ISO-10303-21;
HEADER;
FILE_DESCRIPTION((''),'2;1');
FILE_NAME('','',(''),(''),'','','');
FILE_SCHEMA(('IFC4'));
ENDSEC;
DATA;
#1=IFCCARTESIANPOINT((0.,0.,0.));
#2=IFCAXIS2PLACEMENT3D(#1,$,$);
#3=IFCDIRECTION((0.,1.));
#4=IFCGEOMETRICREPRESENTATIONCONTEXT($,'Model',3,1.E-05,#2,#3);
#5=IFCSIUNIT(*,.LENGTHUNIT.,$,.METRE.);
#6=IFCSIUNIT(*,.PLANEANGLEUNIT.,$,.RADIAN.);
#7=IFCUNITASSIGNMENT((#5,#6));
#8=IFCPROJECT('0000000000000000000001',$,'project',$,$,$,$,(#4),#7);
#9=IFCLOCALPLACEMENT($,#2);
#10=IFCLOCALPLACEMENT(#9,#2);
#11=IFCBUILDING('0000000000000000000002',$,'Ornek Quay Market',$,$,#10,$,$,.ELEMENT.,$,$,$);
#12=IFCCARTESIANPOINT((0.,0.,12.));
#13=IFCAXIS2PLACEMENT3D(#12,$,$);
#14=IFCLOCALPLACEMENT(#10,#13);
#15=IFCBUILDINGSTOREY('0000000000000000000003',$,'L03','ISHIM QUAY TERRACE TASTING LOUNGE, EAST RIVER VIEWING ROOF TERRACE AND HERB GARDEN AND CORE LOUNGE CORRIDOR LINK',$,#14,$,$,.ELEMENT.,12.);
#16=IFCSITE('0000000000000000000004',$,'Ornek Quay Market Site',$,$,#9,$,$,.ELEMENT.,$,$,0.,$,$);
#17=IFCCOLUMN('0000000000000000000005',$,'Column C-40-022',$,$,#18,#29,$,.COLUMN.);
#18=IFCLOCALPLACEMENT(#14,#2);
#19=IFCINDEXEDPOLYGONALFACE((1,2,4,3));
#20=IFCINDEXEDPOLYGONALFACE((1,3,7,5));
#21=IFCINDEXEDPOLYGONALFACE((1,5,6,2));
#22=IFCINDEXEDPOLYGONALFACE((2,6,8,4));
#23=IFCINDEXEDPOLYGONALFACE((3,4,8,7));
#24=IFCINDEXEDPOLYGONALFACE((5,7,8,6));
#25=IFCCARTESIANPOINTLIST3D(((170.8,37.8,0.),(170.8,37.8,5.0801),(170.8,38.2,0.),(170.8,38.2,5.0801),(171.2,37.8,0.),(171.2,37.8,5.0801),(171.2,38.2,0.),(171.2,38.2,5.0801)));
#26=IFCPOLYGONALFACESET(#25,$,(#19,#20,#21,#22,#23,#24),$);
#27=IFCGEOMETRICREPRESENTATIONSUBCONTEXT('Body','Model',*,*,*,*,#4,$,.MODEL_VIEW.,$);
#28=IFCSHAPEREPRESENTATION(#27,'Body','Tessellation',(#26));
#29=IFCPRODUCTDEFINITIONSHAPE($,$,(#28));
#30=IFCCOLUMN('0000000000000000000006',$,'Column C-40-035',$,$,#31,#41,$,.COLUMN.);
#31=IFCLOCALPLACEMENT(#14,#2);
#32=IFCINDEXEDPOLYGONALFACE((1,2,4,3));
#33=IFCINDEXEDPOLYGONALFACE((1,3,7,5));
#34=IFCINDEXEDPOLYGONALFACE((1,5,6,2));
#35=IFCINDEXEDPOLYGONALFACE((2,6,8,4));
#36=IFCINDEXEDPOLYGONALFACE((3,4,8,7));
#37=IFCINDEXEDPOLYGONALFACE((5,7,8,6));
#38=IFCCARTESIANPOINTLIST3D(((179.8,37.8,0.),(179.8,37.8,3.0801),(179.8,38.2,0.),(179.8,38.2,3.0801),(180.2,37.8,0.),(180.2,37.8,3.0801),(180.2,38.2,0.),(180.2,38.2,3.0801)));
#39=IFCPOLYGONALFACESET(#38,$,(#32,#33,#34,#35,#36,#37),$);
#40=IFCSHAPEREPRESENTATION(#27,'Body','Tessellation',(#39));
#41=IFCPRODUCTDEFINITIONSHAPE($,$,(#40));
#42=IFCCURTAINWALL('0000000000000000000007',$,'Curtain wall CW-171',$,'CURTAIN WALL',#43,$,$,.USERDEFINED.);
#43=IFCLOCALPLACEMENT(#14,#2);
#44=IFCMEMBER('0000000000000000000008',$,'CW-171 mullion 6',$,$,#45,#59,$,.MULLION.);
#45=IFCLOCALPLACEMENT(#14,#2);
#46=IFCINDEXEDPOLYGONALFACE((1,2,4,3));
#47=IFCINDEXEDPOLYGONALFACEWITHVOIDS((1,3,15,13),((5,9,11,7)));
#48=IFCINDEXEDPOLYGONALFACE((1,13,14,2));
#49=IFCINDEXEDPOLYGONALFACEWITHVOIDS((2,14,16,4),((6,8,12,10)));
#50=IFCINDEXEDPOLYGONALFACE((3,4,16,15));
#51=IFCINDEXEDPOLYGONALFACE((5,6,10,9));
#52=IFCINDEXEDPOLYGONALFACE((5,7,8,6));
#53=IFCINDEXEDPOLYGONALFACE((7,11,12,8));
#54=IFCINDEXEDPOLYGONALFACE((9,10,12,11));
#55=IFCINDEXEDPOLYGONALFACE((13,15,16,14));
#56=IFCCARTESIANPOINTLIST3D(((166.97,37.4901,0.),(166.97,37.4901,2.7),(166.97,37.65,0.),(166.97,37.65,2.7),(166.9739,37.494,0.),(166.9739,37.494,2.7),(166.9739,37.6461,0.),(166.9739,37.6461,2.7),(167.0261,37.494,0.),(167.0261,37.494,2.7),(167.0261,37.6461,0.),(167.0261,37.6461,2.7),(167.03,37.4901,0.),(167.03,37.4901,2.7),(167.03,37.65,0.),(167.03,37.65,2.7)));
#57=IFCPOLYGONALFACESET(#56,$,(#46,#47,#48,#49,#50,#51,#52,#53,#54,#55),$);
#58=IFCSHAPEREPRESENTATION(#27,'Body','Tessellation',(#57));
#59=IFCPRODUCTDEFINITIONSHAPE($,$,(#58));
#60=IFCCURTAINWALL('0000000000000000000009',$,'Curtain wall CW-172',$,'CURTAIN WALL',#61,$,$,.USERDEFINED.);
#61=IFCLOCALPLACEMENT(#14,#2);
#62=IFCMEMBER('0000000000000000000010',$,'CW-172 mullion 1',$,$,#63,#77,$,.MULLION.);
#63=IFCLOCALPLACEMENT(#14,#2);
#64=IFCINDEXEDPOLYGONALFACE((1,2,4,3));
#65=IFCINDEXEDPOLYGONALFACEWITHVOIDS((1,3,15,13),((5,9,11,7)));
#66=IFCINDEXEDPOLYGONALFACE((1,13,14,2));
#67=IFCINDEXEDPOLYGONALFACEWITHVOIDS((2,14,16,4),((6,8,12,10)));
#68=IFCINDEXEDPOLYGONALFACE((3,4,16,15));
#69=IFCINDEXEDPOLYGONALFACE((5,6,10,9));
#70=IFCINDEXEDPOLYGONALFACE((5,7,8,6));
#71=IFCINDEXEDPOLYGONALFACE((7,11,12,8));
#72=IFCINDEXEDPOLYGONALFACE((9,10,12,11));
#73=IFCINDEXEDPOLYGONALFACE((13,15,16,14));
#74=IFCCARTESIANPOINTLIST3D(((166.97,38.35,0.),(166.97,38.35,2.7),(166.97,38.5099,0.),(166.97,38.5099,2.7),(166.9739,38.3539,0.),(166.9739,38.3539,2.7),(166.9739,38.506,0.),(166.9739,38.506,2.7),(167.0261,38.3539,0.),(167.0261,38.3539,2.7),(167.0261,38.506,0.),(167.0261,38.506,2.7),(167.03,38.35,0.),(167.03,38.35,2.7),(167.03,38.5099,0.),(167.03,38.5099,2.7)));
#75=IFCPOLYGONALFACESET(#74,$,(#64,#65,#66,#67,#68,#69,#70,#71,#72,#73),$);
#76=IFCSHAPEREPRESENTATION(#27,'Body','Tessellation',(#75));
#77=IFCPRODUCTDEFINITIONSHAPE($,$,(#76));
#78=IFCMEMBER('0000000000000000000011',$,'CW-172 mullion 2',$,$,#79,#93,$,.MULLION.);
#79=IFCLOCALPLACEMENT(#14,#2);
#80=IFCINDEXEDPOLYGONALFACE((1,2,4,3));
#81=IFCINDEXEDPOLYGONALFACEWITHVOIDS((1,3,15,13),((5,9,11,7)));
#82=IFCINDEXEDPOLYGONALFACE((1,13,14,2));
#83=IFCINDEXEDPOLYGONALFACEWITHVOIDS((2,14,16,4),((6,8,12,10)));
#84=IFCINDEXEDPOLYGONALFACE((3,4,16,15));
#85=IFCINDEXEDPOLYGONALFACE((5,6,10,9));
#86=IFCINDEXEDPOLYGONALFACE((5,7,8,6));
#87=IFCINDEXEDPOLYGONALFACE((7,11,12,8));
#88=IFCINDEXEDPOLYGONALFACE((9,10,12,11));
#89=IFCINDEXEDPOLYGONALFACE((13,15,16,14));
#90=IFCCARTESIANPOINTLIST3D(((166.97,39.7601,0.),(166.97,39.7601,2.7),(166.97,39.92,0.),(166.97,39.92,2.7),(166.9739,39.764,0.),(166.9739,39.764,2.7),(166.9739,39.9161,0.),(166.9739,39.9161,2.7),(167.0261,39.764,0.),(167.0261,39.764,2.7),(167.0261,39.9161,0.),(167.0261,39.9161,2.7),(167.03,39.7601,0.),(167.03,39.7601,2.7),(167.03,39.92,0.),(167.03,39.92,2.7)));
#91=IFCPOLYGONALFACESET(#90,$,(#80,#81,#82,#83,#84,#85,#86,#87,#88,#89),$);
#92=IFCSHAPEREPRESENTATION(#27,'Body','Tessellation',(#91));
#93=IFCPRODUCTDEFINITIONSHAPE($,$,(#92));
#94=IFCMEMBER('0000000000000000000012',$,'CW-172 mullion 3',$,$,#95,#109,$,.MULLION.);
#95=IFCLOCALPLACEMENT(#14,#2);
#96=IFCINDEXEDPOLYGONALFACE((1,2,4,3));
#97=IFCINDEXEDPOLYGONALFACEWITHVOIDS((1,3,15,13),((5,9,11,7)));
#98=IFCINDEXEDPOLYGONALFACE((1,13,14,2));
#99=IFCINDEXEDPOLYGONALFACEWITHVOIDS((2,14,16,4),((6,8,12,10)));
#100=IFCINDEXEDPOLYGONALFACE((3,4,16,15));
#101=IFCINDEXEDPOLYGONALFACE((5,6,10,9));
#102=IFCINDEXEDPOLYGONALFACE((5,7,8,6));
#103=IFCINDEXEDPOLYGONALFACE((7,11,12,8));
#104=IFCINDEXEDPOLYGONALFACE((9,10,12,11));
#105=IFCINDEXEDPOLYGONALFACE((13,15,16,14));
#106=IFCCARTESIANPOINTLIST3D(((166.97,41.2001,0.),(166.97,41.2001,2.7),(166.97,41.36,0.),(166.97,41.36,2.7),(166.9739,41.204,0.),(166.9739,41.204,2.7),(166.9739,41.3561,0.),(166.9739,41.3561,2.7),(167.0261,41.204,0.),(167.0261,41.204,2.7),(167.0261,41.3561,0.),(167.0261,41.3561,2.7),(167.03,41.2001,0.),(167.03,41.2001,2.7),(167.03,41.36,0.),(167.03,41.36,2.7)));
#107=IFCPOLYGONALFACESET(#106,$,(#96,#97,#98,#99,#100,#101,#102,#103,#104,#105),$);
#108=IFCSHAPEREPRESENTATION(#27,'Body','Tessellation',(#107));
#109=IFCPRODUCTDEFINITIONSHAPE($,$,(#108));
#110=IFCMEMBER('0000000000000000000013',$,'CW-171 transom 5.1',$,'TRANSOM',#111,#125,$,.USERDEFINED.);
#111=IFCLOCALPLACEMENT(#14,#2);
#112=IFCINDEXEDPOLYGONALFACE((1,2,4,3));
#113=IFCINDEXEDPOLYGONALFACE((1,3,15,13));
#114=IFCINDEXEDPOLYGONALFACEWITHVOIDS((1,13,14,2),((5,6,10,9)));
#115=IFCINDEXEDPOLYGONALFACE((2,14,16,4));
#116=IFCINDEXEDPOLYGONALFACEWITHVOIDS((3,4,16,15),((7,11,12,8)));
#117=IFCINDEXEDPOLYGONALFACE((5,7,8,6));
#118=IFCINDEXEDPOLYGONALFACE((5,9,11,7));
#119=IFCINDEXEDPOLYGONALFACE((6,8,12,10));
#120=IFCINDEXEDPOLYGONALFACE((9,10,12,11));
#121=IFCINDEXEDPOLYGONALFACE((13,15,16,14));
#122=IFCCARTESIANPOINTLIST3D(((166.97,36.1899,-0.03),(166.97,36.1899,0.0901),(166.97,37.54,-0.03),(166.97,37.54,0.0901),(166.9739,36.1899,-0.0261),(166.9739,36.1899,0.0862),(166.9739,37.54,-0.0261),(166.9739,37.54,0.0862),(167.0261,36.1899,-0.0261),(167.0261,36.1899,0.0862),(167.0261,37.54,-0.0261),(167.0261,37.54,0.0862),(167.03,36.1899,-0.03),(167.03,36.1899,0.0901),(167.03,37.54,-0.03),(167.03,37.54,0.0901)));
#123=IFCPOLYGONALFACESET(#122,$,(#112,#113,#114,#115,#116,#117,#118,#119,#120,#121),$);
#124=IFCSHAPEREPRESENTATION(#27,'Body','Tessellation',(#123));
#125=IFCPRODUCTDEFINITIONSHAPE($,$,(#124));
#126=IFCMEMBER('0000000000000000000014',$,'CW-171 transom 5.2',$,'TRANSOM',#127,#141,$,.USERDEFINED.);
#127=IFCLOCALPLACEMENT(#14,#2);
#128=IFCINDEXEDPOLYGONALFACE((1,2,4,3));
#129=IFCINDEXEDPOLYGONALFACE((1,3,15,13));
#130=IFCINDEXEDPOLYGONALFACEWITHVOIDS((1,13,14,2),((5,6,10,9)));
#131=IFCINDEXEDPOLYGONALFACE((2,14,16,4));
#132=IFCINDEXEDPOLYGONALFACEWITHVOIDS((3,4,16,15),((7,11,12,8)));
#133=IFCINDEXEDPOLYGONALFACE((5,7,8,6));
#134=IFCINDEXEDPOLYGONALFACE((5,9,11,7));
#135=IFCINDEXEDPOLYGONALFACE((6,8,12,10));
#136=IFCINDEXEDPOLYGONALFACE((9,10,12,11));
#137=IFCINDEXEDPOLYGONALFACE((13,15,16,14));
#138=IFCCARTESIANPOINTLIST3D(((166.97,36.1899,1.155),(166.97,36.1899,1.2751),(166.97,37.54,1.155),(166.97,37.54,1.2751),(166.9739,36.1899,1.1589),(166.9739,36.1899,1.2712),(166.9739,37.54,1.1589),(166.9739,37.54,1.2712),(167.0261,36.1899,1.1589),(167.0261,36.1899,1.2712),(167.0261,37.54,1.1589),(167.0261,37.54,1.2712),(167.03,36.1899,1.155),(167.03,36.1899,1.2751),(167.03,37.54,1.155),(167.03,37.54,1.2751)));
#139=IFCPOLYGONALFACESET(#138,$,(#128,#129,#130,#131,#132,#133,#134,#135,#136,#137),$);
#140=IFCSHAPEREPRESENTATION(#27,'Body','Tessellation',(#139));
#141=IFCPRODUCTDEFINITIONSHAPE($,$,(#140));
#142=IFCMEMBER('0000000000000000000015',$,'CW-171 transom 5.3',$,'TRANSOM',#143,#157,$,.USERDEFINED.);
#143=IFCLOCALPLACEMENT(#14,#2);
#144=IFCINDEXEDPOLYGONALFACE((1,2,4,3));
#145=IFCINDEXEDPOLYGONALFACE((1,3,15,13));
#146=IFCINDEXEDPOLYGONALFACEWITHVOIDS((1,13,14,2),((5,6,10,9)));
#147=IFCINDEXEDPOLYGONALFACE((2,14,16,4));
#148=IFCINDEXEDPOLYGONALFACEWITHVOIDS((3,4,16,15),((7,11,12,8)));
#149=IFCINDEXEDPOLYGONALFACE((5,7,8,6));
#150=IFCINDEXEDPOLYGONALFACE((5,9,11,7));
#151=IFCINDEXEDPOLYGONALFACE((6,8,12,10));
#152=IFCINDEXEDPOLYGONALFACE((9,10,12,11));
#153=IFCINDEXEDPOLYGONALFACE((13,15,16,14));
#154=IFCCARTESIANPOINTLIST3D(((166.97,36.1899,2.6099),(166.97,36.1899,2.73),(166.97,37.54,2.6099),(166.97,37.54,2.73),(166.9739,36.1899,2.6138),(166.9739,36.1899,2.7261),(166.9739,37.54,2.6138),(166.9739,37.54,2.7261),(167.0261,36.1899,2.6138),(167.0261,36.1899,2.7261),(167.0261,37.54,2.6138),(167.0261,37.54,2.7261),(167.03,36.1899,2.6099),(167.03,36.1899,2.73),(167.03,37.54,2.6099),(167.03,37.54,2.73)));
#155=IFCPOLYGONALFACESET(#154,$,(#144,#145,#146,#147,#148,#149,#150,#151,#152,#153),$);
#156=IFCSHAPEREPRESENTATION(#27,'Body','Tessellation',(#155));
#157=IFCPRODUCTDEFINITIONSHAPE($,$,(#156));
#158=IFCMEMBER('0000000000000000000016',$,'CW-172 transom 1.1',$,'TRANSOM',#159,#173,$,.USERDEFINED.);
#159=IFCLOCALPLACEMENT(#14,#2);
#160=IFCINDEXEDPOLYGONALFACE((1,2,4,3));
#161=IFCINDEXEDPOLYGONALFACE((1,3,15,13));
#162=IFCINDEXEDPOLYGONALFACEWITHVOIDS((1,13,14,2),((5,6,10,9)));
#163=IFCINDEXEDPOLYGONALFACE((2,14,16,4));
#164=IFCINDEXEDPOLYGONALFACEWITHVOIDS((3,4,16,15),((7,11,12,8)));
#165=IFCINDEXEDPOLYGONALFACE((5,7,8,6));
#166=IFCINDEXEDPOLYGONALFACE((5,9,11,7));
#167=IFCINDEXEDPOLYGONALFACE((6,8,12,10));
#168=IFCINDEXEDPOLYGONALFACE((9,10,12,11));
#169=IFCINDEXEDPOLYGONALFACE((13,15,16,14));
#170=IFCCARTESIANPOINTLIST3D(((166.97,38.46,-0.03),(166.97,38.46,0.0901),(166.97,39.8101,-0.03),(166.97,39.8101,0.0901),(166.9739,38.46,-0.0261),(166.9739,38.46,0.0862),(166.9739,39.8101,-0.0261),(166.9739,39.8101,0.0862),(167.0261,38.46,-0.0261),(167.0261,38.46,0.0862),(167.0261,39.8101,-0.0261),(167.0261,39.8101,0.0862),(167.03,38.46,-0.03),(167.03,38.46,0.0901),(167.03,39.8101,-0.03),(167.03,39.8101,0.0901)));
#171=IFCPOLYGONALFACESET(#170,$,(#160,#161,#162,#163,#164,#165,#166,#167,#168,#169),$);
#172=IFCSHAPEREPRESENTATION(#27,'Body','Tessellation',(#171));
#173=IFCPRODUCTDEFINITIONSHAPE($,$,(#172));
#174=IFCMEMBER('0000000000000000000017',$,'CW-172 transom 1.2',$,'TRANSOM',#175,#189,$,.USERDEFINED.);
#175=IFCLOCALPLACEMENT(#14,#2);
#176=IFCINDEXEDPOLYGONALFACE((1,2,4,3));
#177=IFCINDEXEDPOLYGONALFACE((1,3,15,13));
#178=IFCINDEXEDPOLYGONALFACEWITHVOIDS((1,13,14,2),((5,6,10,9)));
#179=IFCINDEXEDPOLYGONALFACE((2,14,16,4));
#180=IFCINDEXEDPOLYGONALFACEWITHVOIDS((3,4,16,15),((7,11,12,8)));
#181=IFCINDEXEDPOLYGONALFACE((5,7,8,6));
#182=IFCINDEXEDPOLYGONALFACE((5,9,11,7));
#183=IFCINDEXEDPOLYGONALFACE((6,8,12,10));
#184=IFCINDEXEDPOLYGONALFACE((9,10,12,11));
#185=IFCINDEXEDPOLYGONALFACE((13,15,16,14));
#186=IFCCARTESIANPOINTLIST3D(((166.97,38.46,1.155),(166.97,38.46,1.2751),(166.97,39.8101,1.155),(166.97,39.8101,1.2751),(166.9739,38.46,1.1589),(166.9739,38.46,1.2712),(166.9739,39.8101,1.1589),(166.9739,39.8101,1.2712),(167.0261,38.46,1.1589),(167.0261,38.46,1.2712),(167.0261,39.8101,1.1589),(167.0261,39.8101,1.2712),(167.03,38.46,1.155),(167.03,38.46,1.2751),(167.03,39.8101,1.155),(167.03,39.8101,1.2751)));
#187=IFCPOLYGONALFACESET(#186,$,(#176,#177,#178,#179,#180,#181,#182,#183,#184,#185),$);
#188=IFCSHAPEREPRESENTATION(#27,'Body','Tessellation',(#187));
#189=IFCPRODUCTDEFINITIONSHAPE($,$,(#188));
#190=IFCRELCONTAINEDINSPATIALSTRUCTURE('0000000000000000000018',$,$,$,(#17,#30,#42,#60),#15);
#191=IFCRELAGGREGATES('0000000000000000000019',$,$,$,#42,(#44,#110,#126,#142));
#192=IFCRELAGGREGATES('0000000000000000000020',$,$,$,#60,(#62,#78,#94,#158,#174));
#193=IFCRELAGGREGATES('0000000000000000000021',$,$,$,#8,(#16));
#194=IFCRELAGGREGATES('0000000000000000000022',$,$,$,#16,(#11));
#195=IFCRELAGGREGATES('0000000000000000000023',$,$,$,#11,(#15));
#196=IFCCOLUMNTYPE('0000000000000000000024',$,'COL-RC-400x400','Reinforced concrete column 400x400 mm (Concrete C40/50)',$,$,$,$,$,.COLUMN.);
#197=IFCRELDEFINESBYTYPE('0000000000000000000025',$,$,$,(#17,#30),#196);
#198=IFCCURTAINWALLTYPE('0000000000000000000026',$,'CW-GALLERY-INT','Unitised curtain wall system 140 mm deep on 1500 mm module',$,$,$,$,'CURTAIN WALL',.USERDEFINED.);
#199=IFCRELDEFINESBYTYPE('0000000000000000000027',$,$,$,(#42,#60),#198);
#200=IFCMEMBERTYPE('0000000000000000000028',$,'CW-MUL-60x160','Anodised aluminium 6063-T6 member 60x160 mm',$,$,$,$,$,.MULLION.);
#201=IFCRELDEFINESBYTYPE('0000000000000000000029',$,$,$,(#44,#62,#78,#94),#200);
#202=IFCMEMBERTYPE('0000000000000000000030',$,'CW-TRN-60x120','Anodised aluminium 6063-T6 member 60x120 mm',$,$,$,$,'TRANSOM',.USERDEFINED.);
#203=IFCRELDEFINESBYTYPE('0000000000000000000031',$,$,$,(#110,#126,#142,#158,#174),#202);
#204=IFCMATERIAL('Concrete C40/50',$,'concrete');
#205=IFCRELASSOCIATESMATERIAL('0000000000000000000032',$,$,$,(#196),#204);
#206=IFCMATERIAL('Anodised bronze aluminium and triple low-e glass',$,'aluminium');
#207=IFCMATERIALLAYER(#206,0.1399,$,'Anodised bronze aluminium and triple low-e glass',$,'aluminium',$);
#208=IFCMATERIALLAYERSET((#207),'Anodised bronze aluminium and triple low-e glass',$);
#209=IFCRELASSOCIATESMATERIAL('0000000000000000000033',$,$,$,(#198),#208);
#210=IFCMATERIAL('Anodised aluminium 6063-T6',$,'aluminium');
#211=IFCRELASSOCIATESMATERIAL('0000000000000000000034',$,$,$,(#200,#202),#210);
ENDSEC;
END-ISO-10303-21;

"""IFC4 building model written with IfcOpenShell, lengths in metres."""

from ifc_helpers import new_model, si_unit, direction, frame, origin, origin_2d, place, context, subcontext, project, spatial, rectangle, hollow_rectangle, extrude, material, layer, layer_set, material_profile, profile_set, type_object, element, aggregate, save


model = new_model("IFC4")

# Units and contexts
model_context = context("Model", 3, precision=1e-05, world=origin(), true_north=direction((0.0, 1.0)))
body_context = subcontext(model_context, "Body", "Model", "MODEL_VIEW")
ifc_project = project(units=[si_unit("LENGTHUNIT", "METRE"), si_unit("PLANEANGLEUNIT", "RADIAN")], contexts=[model_context])

# Site, building, storey
site_placement = place(None, origin())
site = spatial("IfcSite", under=ifc_project, at=site_placement, Name="Ornek Quay Market Site", CompositionType="ELEMENT", RefElevation=0.0)
building_placement = place(site_placement, origin())
building = spatial("IfcBuilding", under=site, at=building_placement, Name="Ornek Quay Market", CompositionType="ELEMENT")
storey_placement = place(building_placement, frame((0.0, 0.0, 12.0)))
storey = spatial("IfcBuildingStorey", under=building, at=storey_placement, Name="L03", Description="ISHIM QUAY TERRACE TASTING LOUNGE, EAST RIVER VIEWING ROOF TERRACE AND HERB GARDEN AND CORE LOUNGE CORRIDOR LINK", CompositionType="ELEMENT", Elevation=12.0)

# Columns
ifc_material_1 = material(Name="Concrete C40/50", Category="concrete")
ifc_material_profile_1 = material_profile(ifc_material_1, rectangle(XDim=0.3999, YDim=0.3999, at=origin_2d()), Name="RC 400x400", Category="concrete")
ifc_profile_set_1 = profile_set([ifc_material_profile_1], Name="Concrete C40/50")
column_type = type_object("IfcColumnType", Name="COL-RC-400x400", Description="Reinforced concrete column 400x400 mm (Concrete C40/50)", PredefinedType="COLUMN", material=ifc_profile_set_1)
column_1_placement = place(storey_placement, frame((171.0, 38.0, 0.0), z_axis=(0.0, 0.0, 1.0), x_axis=(1.0, 0.0, 0.0)))
element("IfcColumn", 1, at=column_1_placement, inside=storey, type_object=column_type, Name="Column C-40-022", PredefinedType="COLUMN", context=body_context, shape_type="SweptSolid", body=[
    extrude(rectangle(XDim=0.3999, YDim=0.3999, at=origin_2d()), origin(), (0.0, 0.0, 1.0), 5.0801),
])
column_2_placement = place(storey_placement, frame((180.0, 38.0, 0.0), z_axis=(0.0, 0.0, 1.0), x_axis=(1.0, 0.0, 0.0)))
element("IfcColumn", 2, at=column_2_placement, inside=storey, type_object=column_type, Name="Column C-40-035", PredefinedType="COLUMN", context=body_context, shape_type="SweptSolid", body=[
    extrude(rectangle(XDim=0.3999, YDim=0.3999, at=origin_2d()), origin(), (0.0, 0.0, 1.0), 3.0801),
])

# Curtain wall, member
ifc_material_2 = material(Name="Anodised bronze aluminium and triple low-e glass", Category="aluminium")
ifc_layer_1 = layer(ifc_material_2, 0.1399, Name="Anodised bronze aluminium and triple low-e glass", Category="aluminium")
ifc_layer_set_1 = layer_set([ifc_layer_1], Name="Anodised bronze aluminium and triple low-e glass")
curtain_wall_type = type_object("IfcCurtainWallType", Name="CW-GALLERY-INT", Description="Unitised curtain wall system 140 mm deep on 1500 mm module", ElementType="CURTAIN WALL", PredefinedType="USERDEFINED", material=ifc_layer_set_1)
curtain_wall_1_placement = place(storey_placement, origin())
curtain_wall_1 = element("IfcCurtainWall", 3, at=curtain_wall_1_placement, inside=storey, type_object=curtain_wall_type, Name="Curtain wall CW-171", ObjectType="CURTAIN WALL", PredefinedType="USERDEFINED")
ifc_material_3 = material(Name="Anodised aluminium 6063-T6", Category="aluminium")
ifc_material_profile_2 = material_profile(ifc_material_3, hollow_rectangle(XDim=0.0601, YDim=0.1599, WallThickness=0.0039, at=origin_2d()), Name="CW-MUL-60x160", Category="aluminium")
ifc_profile_set_2 = profile_set([ifc_material_profile_2], Name="Anodised aluminium 6063-T6")
member_type_1 = type_object("IfcMemberType", Name="CW-MUL-60x160", Description="Anodised aluminium 6063-T6 member 60x160 mm", PredefinedType="MULLION", material=ifc_profile_set_2)
member_1_placement = place(storey_placement, frame((167.0, 37.5701, 0.0), z_axis=(0.0, 0.0, 1.0), x_axis=(-1.0, 0.0, 0.0)))
member_1 = element("IfcMember", 4, at=member_1_placement, type_object=member_type_1, Name="CW-171 mullion 6", PredefinedType="MULLION", context=body_context, shape_type="SweptSolid", body=[
    extrude(hollow_rectangle(XDim=0.0601, YDim=0.1599, WallThickness=0.0039, at=origin_2d()), origin(), (0.0, 0.0, 1.0), 2.7),
])

# Curtain wall, members
curtain_wall_2_placement = place(storey_placement, origin())
curtain_wall_2 = element("IfcCurtainWall", 5, at=curtain_wall_2_placement, inside=storey, type_object=curtain_wall_type, Name="Curtain wall CW-172", ObjectType="CURTAIN WALL", PredefinedType="USERDEFINED")
member_2_placement = place(storey_placement, frame((167.0, 38.4299, 0.0), z_axis=(0.0, 0.0, 1.0), x_axis=(-1.0, 0.0, 0.0)))
member_2 = element("IfcMember", 6, at=member_2_placement, type_object=member_type_1, Name="CW-172 mullion 1", PredefinedType="MULLION", context=body_context, shape_type="SweptSolid", body=[
    extrude(hollow_rectangle(XDim=0.0601, YDim=0.1599, WallThickness=0.0039, at=origin_2d()), origin(), (0.0, 0.0, 1.0), 2.7),
])
member_3_placement = place(storey_placement, frame((167.0, 39.8401, 0.0), z_axis=(0.0, 0.0, 1.0), x_axis=(-1.0, 0.0, 0.0)))
member_3 = element("IfcMember", 7, at=member_3_placement, type_object=member_type_1, Name="CW-172 mullion 2", PredefinedType="MULLION", context=body_context, shape_type="SweptSolid", body=[
    extrude(hollow_rectangle(XDim=0.0601, YDim=0.1599, WallThickness=0.0039, at=origin_2d()), origin(), (0.0, 0.0, 1.0), 2.7),
])
member_4_placement = place(storey_placement, frame((167.0, 41.28, 0.0), z_axis=(0.0, 0.0, 1.0), x_axis=(-1.0, 0.0, 0.0)))
member_4 = element("IfcMember", 8, at=member_4_placement, type_object=member_type_1, Name="CW-172 mullion 3", PredefinedType="MULLION", context=body_context, shape_type="SweptSolid", body=[
    extrude(hollow_rectangle(XDim=0.0601, YDim=0.1599, WallThickness=0.0039, at=origin_2d()), origin(), (0.0, 0.0, 1.0), 2.7),
])

# Members
ifc_material_profile_3 = material_profile(ifc_material_3, hollow_rectangle(XDim=0.0601, YDim=0.1201, WallThickness=0.0039, at=origin_2d()), Name="CW-TRN-60x120", Category="aluminium")
ifc_profile_set_3 = profile_set([ifc_material_profile_3], Name="Anodised aluminium 6063-T6")
member_type_2 = type_object("IfcMemberType", Name="CW-TRN-60x120", Description="Anodised aluminium 6063-T6 member 60x120 mm", ElementType="TRANSOM", PredefinedType="USERDEFINED", material=ifc_profile_set_3)
member_5_placement = place(storey_placement, frame((167.0, 36.1899, 0.03), z_axis=(0.0, 1.0, 0.0), x_axis=(-1.0, 0.0, 0.0)))
member_5 = element("IfcMember", 9, at=member_5_placement, type_object=member_type_2, Name="CW-171 transom 5.1", ObjectType="TRANSOM", PredefinedType="USERDEFINED", context=body_context, shape_type="SweptSolid", body=[
    extrude(hollow_rectangle(XDim=0.0601, YDim=0.1201, WallThickness=0.0039, at=origin_2d()), origin(), (0.0, 0.0, 1.0), 1.3501),
])
member_6_placement = place(storey_placement, frame((167.0, 36.1899, 1.2151), z_axis=(0.0, 1.0, 0.0), x_axis=(-1.0, 0.0, 0.0)))
member_6 = element("IfcMember", 10, at=member_6_placement, type_object=member_type_2, Name="CW-171 transom 5.2", ObjectType="TRANSOM", PredefinedType="USERDEFINED", context=body_context, shape_type="SweptSolid", body=[
    extrude(hollow_rectangle(XDim=0.0601, YDim=0.1201, WallThickness=0.0039, at=origin_2d()), origin(), (0.0, 0.0, 1.0), 1.3501),
])
member_7_placement = place(storey_placement, frame((167.0, 36.1899, 2.6699), z_axis=(0.0, 1.0, 0.0), x_axis=(-1.0, 0.0, 0.0)))
member_7 = element("IfcMember", 11, at=member_7_placement, type_object=member_type_2, Name="CW-171 transom 5.3", ObjectType="TRANSOM", PredefinedType="USERDEFINED", context=body_context, shape_type="SweptSolid", body=[
    extrude(hollow_rectangle(XDim=0.0601, YDim=0.1201, WallThickness=0.0039, at=origin_2d()), origin(), (0.0, 0.0, 1.0), 1.3501),
])
member_8_placement = place(storey_placement, frame((167.0, 38.46, 0.03), z_axis=(0.0, 1.0, 0.0), x_axis=(-1.0, 0.0, 0.0)))
member_8 = element("IfcMember", 12, at=member_8_placement, type_object=member_type_2, Name="CW-172 transom 1.1", ObjectType="TRANSOM", PredefinedType="USERDEFINED", context=body_context, shape_type="SweptSolid", body=[
    extrude(hollow_rectangle(XDim=0.0601, YDim=0.1201, WallThickness=0.0039, at=origin_2d()), origin(), (0.0, 0.0, 1.0), 1.3501),
])
member_9_placement = place(storey_placement, frame((167.0, 38.46, 1.2151), z_axis=(0.0, 1.0, 0.0), x_axis=(-1.0, 0.0, 0.0)))
member_9 = element("IfcMember", 13, at=member_9_placement, type_object=member_type_2, Name="CW-172 transom 1.2", ObjectType="TRANSOM", PredefinedType="USERDEFINED", context=body_context, shape_type="SweptSolid", body=[
    extrude(hollow_rectangle(XDim=0.0601, YDim=0.1201, WallThickness=0.0039, at=origin_2d()), origin(), (0.0, 0.0, 1.0), 1.3501),
])

aggregate(curtain_wall_1, [member_1, member_5, member_6, member_7])
aggregate(curtain_wall_2, [member_2, member_3, member_4, member_8, member_9])

save(model, "model.ifc")
